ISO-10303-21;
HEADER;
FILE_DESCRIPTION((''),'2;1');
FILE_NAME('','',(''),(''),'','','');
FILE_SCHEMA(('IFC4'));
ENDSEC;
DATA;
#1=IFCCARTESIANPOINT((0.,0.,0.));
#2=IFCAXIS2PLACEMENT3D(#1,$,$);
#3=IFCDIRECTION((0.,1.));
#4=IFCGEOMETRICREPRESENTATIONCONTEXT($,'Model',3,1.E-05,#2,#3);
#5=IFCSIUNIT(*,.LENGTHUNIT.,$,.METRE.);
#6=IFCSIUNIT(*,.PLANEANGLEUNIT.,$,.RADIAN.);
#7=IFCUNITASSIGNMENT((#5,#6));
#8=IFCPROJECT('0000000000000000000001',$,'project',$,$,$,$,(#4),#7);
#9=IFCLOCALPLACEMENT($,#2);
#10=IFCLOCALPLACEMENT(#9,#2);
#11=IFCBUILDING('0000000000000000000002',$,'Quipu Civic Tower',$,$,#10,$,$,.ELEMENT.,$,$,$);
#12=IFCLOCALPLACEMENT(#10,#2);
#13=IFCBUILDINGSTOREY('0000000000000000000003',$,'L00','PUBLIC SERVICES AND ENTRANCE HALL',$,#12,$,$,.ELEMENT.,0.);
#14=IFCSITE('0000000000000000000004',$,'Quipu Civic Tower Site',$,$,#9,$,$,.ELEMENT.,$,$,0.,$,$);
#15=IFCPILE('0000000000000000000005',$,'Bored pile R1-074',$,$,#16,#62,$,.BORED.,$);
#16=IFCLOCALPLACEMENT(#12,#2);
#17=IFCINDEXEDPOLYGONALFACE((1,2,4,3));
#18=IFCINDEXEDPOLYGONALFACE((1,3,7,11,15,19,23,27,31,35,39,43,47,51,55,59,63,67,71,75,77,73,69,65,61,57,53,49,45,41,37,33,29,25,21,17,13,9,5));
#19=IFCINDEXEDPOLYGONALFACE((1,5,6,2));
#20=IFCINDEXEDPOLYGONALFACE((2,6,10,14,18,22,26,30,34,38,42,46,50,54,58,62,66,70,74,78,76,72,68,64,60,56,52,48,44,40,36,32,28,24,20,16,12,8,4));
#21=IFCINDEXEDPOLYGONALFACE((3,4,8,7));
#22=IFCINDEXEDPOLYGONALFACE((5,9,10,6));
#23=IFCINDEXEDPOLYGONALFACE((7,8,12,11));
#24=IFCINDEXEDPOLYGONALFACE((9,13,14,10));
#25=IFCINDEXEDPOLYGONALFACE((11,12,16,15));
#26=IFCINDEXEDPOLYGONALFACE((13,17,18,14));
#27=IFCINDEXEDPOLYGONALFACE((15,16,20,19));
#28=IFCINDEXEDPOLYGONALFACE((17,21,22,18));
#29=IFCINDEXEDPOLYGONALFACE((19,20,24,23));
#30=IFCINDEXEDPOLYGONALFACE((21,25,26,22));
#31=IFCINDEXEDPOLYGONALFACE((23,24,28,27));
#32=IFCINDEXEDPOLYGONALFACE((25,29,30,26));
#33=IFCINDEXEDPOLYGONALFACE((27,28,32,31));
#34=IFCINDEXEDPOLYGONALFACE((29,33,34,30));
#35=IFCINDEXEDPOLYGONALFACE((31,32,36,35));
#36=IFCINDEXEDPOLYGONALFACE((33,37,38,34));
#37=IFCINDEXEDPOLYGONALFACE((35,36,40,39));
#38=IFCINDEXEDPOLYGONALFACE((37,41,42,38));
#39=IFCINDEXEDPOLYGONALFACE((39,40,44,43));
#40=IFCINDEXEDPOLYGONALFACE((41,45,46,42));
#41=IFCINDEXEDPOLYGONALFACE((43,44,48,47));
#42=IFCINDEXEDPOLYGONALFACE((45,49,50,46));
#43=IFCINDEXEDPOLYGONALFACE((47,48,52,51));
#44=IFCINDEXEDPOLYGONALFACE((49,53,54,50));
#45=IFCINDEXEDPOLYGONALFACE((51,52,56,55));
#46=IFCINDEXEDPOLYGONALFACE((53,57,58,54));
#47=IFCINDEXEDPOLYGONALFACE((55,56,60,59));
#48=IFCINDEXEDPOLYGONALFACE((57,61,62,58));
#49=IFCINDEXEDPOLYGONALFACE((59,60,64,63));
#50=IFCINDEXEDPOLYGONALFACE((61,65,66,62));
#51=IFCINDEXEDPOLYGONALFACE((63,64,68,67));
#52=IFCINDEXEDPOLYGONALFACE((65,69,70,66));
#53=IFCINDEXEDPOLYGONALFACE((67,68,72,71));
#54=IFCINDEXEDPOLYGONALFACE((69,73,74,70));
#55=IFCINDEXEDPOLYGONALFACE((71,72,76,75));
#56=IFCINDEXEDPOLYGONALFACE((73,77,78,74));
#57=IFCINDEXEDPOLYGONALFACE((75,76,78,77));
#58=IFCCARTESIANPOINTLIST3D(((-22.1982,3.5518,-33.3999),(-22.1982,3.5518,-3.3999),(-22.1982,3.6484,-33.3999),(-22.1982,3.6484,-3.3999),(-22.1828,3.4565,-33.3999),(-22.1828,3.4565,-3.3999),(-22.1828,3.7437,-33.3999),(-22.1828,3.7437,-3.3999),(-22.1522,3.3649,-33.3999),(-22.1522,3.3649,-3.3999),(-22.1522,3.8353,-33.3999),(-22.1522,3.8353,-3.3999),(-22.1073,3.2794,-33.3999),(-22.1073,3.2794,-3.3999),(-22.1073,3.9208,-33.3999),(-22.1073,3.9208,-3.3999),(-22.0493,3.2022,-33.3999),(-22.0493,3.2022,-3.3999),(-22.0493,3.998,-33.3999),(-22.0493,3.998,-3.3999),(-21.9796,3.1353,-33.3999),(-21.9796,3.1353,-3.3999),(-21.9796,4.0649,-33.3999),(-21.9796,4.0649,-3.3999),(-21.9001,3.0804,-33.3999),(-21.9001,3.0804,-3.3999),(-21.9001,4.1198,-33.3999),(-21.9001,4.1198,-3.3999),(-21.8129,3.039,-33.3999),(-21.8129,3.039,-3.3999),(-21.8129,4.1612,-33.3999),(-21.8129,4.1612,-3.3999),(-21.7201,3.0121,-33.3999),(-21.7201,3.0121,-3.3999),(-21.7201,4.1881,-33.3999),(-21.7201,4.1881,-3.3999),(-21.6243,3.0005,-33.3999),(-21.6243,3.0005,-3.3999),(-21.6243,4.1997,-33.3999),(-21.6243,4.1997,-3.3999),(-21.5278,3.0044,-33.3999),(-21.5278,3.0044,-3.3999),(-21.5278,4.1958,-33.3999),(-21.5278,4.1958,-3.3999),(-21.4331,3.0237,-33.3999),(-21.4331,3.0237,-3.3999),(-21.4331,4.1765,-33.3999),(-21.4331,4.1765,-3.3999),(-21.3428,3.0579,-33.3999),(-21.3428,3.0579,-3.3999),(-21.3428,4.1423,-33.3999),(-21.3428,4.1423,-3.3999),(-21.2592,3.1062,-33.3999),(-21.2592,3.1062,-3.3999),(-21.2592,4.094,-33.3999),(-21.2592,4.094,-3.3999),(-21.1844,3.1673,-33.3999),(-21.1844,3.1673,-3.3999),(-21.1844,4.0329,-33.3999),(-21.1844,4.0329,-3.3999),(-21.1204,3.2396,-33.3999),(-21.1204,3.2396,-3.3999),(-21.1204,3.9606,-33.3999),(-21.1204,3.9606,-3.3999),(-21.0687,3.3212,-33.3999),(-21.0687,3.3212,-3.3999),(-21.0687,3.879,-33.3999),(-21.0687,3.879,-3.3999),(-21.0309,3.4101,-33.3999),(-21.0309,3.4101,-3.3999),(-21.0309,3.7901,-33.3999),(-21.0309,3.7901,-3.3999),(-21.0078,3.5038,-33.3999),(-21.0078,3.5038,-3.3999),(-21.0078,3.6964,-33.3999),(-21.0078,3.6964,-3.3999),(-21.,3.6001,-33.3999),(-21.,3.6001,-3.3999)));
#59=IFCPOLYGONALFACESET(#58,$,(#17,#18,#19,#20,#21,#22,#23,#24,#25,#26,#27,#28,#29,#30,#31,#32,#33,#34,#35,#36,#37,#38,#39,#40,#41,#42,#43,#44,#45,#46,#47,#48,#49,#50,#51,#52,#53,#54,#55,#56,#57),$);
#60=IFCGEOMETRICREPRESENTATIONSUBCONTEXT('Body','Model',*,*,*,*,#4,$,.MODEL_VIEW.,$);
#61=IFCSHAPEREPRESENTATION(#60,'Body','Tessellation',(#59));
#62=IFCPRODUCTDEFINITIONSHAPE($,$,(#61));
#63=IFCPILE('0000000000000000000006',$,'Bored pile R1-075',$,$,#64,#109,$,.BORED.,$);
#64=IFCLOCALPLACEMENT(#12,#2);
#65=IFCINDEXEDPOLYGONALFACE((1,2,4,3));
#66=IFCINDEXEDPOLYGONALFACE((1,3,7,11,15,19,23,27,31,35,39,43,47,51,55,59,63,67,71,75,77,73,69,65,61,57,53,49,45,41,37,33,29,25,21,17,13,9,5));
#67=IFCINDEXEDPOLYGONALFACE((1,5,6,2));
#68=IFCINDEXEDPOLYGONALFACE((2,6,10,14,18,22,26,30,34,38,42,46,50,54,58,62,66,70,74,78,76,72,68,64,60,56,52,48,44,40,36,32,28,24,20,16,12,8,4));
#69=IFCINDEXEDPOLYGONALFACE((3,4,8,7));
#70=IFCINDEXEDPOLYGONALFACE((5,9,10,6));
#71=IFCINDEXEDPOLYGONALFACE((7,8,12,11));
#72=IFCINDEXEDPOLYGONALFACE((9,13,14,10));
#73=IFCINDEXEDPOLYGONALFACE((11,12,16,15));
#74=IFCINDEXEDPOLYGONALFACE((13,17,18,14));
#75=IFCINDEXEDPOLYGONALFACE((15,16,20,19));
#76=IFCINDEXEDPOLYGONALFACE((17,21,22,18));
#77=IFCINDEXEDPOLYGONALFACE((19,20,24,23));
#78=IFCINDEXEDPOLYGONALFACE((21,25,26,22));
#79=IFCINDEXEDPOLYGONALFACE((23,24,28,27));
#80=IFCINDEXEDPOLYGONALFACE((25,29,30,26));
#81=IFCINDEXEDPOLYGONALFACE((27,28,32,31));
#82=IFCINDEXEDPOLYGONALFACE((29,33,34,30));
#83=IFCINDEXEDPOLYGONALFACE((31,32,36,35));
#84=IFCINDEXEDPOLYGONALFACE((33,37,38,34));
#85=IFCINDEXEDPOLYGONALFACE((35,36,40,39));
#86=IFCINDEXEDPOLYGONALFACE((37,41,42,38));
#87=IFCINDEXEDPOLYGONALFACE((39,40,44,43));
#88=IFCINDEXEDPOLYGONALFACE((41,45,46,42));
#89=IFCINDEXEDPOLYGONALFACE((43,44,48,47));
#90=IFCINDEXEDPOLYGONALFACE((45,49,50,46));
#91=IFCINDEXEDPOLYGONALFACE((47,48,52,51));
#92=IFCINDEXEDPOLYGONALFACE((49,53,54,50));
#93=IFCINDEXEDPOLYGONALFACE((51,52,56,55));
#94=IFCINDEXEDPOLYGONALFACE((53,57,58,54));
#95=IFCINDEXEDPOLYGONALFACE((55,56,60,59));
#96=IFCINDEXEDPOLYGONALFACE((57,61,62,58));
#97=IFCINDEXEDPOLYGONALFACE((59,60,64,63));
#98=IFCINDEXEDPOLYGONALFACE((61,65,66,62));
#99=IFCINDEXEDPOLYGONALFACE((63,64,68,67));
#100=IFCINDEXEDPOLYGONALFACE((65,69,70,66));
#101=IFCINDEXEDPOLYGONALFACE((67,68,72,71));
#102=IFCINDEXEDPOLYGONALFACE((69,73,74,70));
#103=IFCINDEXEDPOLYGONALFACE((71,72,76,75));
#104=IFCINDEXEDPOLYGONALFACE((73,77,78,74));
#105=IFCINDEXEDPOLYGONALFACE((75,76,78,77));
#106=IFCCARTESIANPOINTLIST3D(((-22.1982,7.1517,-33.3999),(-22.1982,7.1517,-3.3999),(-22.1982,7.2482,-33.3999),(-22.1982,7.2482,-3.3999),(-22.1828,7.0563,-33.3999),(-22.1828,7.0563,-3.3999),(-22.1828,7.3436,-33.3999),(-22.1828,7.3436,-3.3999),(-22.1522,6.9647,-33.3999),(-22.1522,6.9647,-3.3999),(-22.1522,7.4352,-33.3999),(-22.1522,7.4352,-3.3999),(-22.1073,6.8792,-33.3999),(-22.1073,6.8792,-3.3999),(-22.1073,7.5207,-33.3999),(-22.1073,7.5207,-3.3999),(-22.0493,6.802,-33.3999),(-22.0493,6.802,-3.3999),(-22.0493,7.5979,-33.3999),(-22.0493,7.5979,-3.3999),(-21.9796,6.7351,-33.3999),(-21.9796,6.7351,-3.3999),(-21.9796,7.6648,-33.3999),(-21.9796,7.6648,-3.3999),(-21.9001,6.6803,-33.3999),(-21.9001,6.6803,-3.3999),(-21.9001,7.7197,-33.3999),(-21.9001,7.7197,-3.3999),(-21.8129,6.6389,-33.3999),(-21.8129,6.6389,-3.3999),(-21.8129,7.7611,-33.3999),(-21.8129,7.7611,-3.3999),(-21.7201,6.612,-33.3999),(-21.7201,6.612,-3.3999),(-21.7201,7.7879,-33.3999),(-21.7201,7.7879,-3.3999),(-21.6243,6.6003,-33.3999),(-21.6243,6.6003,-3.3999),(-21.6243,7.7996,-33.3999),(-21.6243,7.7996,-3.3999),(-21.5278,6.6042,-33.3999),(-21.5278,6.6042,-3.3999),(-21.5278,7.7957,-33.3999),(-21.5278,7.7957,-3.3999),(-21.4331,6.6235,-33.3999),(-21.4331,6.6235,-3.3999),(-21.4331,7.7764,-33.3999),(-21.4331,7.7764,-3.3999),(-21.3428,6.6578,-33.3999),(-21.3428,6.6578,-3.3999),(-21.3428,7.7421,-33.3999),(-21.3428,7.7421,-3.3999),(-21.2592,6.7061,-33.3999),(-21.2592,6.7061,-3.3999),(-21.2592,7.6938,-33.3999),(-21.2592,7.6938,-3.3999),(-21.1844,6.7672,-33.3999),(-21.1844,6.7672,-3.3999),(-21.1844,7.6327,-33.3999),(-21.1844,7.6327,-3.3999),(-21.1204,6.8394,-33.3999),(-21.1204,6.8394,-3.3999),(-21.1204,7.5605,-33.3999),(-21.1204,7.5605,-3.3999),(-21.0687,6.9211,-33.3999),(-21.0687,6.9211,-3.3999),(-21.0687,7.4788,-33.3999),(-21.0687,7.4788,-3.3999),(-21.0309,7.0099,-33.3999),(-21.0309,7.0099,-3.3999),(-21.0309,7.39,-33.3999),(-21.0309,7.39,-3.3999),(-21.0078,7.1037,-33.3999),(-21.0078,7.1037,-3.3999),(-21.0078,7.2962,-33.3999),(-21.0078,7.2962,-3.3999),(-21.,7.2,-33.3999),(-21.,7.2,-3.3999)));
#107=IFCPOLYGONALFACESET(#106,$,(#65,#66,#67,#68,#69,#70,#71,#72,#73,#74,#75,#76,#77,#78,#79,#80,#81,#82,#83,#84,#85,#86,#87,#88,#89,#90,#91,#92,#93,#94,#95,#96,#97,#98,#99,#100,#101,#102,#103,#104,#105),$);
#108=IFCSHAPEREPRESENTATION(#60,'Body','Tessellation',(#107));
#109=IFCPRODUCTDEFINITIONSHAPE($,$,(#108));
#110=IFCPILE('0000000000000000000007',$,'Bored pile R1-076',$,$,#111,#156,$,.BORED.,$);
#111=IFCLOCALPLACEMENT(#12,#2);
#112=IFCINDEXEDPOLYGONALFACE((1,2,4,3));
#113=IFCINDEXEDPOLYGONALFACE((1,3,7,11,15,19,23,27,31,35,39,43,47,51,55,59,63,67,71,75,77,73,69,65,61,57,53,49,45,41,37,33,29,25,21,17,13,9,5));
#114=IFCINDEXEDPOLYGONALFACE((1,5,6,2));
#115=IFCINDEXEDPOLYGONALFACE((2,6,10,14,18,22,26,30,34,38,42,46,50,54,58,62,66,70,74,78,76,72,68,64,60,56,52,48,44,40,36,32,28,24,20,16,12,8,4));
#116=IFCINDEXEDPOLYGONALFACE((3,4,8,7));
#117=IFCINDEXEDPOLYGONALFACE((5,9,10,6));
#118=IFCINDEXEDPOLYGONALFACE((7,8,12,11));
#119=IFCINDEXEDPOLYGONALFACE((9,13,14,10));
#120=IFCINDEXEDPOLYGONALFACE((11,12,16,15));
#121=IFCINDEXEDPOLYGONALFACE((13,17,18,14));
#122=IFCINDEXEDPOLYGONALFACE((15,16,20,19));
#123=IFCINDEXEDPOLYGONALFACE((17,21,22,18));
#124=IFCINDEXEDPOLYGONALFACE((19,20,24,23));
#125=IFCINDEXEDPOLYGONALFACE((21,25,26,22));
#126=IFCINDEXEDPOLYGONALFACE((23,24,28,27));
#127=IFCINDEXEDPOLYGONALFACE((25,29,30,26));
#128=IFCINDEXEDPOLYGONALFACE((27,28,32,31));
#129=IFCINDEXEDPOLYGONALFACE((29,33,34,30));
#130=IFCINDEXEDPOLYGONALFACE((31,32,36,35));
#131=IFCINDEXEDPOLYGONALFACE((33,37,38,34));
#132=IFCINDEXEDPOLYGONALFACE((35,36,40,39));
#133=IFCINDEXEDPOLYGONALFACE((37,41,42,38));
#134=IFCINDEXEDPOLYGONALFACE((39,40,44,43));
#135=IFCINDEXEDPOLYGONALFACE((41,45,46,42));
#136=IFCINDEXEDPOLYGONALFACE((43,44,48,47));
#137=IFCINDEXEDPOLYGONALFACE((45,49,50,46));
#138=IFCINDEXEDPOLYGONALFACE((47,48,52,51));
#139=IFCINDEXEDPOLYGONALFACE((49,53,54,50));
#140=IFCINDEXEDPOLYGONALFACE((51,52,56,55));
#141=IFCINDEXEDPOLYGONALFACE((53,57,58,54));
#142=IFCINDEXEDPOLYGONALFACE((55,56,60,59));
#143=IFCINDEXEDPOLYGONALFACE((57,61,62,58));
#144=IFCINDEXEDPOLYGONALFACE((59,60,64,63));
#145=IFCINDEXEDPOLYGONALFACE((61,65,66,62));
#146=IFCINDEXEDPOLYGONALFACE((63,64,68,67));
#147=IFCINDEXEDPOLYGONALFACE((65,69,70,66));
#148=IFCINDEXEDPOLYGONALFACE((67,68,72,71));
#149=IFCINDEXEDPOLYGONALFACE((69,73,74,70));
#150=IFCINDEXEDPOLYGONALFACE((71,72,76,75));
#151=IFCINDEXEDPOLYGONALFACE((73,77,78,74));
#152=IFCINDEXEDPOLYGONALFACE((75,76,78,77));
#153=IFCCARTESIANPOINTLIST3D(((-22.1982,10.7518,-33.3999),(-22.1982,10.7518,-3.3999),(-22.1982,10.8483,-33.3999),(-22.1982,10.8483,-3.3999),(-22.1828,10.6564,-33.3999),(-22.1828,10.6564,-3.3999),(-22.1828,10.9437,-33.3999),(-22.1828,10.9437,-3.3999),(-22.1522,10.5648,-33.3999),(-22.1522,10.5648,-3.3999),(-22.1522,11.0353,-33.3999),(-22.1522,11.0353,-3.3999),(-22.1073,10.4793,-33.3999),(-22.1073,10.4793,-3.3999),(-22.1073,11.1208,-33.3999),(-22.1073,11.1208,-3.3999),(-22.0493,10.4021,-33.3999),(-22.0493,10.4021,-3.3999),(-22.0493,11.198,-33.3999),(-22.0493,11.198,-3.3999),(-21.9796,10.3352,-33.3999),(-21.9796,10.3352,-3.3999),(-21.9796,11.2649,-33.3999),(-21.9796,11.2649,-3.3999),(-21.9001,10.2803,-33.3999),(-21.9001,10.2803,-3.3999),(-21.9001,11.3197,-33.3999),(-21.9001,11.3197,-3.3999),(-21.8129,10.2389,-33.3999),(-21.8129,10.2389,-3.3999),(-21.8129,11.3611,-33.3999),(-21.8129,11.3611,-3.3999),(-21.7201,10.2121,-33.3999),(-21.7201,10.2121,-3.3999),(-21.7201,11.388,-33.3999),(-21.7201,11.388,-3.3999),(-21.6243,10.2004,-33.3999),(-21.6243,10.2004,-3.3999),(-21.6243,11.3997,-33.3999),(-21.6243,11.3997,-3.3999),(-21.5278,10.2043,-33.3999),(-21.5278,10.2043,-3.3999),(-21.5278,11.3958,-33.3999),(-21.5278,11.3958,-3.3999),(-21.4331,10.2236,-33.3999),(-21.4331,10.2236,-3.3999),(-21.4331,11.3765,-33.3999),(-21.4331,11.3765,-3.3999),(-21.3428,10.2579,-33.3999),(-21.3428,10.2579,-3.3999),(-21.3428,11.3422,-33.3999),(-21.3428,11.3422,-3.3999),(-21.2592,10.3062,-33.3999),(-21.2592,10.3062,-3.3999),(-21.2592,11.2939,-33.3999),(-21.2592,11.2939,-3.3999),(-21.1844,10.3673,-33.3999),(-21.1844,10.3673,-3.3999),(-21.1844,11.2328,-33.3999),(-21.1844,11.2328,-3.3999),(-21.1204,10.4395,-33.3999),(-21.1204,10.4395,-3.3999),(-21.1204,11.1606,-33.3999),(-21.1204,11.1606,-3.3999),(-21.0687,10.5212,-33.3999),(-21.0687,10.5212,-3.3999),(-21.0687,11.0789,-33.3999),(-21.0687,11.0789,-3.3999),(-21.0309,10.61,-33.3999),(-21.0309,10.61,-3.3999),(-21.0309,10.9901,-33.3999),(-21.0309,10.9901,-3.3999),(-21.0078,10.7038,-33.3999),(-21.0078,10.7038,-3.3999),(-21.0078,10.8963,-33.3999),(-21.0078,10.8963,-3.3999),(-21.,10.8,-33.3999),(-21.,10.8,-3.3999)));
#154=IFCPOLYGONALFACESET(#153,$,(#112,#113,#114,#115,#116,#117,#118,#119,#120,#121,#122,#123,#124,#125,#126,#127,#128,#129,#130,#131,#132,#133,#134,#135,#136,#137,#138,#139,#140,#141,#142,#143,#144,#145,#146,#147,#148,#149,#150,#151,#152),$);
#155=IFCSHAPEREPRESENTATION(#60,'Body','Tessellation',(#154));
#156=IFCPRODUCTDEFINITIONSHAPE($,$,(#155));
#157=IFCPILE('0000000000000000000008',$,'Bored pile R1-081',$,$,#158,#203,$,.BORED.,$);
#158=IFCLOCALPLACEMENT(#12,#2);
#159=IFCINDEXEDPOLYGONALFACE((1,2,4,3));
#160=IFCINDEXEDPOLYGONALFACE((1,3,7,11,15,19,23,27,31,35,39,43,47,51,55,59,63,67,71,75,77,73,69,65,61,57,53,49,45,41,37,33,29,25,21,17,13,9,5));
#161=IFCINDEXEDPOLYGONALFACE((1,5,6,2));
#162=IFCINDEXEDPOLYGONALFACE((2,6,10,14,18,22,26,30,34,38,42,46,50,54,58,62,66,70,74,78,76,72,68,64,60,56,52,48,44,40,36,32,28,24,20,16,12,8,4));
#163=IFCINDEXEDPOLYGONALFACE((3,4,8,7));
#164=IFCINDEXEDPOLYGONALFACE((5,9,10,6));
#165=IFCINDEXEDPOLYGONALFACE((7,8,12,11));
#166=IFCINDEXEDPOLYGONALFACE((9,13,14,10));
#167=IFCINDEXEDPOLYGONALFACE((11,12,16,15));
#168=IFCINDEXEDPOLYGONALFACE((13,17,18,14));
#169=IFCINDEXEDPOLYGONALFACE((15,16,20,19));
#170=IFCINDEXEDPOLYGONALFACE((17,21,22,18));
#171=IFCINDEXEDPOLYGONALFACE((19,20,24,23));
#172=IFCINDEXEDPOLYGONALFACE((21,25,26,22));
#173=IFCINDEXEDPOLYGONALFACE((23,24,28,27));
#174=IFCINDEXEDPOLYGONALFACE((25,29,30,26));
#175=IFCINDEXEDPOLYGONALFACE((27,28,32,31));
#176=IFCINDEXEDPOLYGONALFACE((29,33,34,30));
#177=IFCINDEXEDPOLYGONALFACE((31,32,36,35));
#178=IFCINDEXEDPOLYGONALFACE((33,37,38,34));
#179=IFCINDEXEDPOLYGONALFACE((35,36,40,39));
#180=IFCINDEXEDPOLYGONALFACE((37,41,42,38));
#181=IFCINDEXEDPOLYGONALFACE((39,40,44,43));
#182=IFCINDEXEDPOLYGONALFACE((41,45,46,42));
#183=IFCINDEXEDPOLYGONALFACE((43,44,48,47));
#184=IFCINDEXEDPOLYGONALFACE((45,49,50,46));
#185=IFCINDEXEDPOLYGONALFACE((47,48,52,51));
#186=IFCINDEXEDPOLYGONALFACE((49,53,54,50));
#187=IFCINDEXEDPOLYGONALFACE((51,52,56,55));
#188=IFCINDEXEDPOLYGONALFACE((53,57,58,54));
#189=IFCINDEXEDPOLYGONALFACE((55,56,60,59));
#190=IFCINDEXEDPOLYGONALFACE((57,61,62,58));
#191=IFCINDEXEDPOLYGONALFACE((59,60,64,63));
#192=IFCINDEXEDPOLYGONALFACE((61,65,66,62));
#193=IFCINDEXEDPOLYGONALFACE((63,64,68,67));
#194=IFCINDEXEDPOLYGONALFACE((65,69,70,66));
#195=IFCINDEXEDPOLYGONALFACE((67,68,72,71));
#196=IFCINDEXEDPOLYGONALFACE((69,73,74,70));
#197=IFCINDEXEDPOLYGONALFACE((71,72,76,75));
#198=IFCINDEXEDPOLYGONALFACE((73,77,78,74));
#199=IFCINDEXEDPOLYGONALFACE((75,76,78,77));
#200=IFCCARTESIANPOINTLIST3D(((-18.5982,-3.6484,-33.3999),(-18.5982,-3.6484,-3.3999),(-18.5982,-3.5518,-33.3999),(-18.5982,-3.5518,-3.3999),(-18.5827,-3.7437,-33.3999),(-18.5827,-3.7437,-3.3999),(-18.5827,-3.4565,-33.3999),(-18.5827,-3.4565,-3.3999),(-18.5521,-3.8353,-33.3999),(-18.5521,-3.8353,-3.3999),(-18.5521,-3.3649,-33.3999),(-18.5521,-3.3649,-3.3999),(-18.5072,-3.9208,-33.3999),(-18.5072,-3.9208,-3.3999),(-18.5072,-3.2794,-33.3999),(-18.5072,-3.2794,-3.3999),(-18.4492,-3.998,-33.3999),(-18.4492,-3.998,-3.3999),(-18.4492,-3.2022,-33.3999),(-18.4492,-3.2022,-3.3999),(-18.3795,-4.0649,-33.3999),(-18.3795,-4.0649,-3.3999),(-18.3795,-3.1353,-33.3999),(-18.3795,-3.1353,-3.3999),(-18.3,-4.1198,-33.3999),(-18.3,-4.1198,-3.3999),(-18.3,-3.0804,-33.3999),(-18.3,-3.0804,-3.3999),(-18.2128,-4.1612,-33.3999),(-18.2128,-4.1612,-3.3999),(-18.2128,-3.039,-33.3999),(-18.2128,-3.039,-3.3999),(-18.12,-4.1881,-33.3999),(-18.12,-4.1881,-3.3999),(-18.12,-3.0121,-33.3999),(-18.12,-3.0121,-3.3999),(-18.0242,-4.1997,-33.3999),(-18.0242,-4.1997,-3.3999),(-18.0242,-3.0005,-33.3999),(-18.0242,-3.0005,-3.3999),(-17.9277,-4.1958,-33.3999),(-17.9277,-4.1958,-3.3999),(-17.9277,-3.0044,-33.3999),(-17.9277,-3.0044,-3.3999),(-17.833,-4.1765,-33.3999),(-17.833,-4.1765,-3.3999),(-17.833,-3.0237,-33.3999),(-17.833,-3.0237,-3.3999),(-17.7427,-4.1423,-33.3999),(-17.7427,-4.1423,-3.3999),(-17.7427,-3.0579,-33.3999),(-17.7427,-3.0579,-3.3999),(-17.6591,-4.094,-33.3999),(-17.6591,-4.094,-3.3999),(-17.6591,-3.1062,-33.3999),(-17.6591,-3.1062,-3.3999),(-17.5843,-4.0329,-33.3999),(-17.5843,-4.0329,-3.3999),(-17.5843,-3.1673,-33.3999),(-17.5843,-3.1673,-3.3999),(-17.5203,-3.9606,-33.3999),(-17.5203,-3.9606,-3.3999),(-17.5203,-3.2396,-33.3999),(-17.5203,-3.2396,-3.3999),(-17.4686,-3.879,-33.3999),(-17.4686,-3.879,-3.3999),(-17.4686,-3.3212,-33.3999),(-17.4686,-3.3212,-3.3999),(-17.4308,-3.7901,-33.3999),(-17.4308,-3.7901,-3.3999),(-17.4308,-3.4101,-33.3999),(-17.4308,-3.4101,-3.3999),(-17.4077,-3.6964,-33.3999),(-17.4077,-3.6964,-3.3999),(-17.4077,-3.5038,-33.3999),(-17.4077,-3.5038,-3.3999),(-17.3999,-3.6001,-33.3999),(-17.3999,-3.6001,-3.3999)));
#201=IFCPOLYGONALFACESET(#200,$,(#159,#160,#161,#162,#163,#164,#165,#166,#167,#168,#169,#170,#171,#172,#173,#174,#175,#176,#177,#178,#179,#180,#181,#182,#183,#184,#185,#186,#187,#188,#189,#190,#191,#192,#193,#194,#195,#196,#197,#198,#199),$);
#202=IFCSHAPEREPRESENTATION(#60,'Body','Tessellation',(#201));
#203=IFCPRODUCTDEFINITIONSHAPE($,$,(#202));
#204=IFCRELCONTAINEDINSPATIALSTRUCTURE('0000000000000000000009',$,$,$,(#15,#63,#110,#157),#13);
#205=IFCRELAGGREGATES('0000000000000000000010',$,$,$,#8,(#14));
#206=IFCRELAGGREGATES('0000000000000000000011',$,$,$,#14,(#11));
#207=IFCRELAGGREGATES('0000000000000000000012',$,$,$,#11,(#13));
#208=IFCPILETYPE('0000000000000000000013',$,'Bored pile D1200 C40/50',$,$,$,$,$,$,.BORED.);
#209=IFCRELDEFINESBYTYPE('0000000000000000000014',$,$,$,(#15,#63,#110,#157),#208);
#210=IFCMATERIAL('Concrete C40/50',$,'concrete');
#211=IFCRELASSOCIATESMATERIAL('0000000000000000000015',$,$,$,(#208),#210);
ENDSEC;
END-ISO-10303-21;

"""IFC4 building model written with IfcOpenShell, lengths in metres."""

from ifc_helpers import new_model, si_unit, direction, frame, origin, origin_2d, place, context, subcontext, project, spatial, circle, extrude, material, material_profile, profile_set, type_object, element, save


model = new_model("IFC4")

# Units and contexts
model_context = context("Model", 3, precision=1e-05, world=origin(), true_north=direction((0.0, 1.0)))
body_context = subcontext(model_context, "Body", "Model", "MODEL_VIEW")
ifc_project = project(units=[si_unit("LENGTHUNIT", "METRE"), si_unit("PLANEANGLEUNIT", "RADIAN")], contexts=[model_context])

# Site, building, storey
site_placement = place(None, origin())
site = spatial("IfcSite", under=ifc_project, at=site_placement, Name="Quipu Civic Tower Site", CompositionType="ELEMENT", RefElevation=0.0)
building_placement = place(site_placement, origin())
building = spatial("IfcBuilding", under=site, at=building_placement, Name="Quipu Civic Tower", CompositionType="ELEMENT")
storey_placement = place(building_placement, origin())
storey = spatial("IfcBuildingStorey", under=building, at=storey_placement, Name="L00", Description="PUBLIC SERVICES AND ENTRANCE HALL", CompositionType="ELEMENT", Elevation=0.0)

# Piles
ifc_material_1 = material(Name="Concrete C40/50", Category="concrete")
ifc_material_profile_1 = material_profile(ifc_material_1, circle(Radius=0.6001, at=origin_2d()), Name="RCD1200")
ifc_profile_set_1 = profile_set([ifc_material_profile_1], Name="Concrete C40/50")
pile_type = type_object("IfcPileType", Name="Bored pile D1200 C40/50", PredefinedType="BORED", material=ifc_profile_set_1)
for number, where, z_axis, x_axis, name in (
    (1, (-21.6001, 3.6001, -3.3999), (0.0, 0.0, -1.0), (1.0, 0.0, 0.0), "Bored pile R1-074"),
    (2, (-21.6001, 7.2, -3.3999), (0.0, 0.0, -1.0), (1.0, 0.0, 0.0), "Bored pile R1-075"),
    (3, (-21.6001, 10.8, -3.3999), (0.0, 0.0, -1.0), (1.0, 0.0, 0.0), "Bored pile R1-076"),
    (4, (-18.0, -3.6001, -3.3999), (0.0, 0.0, -1.0), (1.0, 0.0, 0.0), "Bored pile R1-081"),
):
    element("IfcPile", number, at=place(storey_placement, frame(where, z_axis=z_axis, x_axis=x_axis)), inside=storey, type_object=pile_type, Name=name, PredefinedType="BORED", context=body_context, shape_type="SweptSolid", body=[
        extrude(circle(Radius=0.6001, at=origin_2d()), origin(), (0.0, 0.0, 1.0), 30.0),
    ])

save(model, "model.ifc")
